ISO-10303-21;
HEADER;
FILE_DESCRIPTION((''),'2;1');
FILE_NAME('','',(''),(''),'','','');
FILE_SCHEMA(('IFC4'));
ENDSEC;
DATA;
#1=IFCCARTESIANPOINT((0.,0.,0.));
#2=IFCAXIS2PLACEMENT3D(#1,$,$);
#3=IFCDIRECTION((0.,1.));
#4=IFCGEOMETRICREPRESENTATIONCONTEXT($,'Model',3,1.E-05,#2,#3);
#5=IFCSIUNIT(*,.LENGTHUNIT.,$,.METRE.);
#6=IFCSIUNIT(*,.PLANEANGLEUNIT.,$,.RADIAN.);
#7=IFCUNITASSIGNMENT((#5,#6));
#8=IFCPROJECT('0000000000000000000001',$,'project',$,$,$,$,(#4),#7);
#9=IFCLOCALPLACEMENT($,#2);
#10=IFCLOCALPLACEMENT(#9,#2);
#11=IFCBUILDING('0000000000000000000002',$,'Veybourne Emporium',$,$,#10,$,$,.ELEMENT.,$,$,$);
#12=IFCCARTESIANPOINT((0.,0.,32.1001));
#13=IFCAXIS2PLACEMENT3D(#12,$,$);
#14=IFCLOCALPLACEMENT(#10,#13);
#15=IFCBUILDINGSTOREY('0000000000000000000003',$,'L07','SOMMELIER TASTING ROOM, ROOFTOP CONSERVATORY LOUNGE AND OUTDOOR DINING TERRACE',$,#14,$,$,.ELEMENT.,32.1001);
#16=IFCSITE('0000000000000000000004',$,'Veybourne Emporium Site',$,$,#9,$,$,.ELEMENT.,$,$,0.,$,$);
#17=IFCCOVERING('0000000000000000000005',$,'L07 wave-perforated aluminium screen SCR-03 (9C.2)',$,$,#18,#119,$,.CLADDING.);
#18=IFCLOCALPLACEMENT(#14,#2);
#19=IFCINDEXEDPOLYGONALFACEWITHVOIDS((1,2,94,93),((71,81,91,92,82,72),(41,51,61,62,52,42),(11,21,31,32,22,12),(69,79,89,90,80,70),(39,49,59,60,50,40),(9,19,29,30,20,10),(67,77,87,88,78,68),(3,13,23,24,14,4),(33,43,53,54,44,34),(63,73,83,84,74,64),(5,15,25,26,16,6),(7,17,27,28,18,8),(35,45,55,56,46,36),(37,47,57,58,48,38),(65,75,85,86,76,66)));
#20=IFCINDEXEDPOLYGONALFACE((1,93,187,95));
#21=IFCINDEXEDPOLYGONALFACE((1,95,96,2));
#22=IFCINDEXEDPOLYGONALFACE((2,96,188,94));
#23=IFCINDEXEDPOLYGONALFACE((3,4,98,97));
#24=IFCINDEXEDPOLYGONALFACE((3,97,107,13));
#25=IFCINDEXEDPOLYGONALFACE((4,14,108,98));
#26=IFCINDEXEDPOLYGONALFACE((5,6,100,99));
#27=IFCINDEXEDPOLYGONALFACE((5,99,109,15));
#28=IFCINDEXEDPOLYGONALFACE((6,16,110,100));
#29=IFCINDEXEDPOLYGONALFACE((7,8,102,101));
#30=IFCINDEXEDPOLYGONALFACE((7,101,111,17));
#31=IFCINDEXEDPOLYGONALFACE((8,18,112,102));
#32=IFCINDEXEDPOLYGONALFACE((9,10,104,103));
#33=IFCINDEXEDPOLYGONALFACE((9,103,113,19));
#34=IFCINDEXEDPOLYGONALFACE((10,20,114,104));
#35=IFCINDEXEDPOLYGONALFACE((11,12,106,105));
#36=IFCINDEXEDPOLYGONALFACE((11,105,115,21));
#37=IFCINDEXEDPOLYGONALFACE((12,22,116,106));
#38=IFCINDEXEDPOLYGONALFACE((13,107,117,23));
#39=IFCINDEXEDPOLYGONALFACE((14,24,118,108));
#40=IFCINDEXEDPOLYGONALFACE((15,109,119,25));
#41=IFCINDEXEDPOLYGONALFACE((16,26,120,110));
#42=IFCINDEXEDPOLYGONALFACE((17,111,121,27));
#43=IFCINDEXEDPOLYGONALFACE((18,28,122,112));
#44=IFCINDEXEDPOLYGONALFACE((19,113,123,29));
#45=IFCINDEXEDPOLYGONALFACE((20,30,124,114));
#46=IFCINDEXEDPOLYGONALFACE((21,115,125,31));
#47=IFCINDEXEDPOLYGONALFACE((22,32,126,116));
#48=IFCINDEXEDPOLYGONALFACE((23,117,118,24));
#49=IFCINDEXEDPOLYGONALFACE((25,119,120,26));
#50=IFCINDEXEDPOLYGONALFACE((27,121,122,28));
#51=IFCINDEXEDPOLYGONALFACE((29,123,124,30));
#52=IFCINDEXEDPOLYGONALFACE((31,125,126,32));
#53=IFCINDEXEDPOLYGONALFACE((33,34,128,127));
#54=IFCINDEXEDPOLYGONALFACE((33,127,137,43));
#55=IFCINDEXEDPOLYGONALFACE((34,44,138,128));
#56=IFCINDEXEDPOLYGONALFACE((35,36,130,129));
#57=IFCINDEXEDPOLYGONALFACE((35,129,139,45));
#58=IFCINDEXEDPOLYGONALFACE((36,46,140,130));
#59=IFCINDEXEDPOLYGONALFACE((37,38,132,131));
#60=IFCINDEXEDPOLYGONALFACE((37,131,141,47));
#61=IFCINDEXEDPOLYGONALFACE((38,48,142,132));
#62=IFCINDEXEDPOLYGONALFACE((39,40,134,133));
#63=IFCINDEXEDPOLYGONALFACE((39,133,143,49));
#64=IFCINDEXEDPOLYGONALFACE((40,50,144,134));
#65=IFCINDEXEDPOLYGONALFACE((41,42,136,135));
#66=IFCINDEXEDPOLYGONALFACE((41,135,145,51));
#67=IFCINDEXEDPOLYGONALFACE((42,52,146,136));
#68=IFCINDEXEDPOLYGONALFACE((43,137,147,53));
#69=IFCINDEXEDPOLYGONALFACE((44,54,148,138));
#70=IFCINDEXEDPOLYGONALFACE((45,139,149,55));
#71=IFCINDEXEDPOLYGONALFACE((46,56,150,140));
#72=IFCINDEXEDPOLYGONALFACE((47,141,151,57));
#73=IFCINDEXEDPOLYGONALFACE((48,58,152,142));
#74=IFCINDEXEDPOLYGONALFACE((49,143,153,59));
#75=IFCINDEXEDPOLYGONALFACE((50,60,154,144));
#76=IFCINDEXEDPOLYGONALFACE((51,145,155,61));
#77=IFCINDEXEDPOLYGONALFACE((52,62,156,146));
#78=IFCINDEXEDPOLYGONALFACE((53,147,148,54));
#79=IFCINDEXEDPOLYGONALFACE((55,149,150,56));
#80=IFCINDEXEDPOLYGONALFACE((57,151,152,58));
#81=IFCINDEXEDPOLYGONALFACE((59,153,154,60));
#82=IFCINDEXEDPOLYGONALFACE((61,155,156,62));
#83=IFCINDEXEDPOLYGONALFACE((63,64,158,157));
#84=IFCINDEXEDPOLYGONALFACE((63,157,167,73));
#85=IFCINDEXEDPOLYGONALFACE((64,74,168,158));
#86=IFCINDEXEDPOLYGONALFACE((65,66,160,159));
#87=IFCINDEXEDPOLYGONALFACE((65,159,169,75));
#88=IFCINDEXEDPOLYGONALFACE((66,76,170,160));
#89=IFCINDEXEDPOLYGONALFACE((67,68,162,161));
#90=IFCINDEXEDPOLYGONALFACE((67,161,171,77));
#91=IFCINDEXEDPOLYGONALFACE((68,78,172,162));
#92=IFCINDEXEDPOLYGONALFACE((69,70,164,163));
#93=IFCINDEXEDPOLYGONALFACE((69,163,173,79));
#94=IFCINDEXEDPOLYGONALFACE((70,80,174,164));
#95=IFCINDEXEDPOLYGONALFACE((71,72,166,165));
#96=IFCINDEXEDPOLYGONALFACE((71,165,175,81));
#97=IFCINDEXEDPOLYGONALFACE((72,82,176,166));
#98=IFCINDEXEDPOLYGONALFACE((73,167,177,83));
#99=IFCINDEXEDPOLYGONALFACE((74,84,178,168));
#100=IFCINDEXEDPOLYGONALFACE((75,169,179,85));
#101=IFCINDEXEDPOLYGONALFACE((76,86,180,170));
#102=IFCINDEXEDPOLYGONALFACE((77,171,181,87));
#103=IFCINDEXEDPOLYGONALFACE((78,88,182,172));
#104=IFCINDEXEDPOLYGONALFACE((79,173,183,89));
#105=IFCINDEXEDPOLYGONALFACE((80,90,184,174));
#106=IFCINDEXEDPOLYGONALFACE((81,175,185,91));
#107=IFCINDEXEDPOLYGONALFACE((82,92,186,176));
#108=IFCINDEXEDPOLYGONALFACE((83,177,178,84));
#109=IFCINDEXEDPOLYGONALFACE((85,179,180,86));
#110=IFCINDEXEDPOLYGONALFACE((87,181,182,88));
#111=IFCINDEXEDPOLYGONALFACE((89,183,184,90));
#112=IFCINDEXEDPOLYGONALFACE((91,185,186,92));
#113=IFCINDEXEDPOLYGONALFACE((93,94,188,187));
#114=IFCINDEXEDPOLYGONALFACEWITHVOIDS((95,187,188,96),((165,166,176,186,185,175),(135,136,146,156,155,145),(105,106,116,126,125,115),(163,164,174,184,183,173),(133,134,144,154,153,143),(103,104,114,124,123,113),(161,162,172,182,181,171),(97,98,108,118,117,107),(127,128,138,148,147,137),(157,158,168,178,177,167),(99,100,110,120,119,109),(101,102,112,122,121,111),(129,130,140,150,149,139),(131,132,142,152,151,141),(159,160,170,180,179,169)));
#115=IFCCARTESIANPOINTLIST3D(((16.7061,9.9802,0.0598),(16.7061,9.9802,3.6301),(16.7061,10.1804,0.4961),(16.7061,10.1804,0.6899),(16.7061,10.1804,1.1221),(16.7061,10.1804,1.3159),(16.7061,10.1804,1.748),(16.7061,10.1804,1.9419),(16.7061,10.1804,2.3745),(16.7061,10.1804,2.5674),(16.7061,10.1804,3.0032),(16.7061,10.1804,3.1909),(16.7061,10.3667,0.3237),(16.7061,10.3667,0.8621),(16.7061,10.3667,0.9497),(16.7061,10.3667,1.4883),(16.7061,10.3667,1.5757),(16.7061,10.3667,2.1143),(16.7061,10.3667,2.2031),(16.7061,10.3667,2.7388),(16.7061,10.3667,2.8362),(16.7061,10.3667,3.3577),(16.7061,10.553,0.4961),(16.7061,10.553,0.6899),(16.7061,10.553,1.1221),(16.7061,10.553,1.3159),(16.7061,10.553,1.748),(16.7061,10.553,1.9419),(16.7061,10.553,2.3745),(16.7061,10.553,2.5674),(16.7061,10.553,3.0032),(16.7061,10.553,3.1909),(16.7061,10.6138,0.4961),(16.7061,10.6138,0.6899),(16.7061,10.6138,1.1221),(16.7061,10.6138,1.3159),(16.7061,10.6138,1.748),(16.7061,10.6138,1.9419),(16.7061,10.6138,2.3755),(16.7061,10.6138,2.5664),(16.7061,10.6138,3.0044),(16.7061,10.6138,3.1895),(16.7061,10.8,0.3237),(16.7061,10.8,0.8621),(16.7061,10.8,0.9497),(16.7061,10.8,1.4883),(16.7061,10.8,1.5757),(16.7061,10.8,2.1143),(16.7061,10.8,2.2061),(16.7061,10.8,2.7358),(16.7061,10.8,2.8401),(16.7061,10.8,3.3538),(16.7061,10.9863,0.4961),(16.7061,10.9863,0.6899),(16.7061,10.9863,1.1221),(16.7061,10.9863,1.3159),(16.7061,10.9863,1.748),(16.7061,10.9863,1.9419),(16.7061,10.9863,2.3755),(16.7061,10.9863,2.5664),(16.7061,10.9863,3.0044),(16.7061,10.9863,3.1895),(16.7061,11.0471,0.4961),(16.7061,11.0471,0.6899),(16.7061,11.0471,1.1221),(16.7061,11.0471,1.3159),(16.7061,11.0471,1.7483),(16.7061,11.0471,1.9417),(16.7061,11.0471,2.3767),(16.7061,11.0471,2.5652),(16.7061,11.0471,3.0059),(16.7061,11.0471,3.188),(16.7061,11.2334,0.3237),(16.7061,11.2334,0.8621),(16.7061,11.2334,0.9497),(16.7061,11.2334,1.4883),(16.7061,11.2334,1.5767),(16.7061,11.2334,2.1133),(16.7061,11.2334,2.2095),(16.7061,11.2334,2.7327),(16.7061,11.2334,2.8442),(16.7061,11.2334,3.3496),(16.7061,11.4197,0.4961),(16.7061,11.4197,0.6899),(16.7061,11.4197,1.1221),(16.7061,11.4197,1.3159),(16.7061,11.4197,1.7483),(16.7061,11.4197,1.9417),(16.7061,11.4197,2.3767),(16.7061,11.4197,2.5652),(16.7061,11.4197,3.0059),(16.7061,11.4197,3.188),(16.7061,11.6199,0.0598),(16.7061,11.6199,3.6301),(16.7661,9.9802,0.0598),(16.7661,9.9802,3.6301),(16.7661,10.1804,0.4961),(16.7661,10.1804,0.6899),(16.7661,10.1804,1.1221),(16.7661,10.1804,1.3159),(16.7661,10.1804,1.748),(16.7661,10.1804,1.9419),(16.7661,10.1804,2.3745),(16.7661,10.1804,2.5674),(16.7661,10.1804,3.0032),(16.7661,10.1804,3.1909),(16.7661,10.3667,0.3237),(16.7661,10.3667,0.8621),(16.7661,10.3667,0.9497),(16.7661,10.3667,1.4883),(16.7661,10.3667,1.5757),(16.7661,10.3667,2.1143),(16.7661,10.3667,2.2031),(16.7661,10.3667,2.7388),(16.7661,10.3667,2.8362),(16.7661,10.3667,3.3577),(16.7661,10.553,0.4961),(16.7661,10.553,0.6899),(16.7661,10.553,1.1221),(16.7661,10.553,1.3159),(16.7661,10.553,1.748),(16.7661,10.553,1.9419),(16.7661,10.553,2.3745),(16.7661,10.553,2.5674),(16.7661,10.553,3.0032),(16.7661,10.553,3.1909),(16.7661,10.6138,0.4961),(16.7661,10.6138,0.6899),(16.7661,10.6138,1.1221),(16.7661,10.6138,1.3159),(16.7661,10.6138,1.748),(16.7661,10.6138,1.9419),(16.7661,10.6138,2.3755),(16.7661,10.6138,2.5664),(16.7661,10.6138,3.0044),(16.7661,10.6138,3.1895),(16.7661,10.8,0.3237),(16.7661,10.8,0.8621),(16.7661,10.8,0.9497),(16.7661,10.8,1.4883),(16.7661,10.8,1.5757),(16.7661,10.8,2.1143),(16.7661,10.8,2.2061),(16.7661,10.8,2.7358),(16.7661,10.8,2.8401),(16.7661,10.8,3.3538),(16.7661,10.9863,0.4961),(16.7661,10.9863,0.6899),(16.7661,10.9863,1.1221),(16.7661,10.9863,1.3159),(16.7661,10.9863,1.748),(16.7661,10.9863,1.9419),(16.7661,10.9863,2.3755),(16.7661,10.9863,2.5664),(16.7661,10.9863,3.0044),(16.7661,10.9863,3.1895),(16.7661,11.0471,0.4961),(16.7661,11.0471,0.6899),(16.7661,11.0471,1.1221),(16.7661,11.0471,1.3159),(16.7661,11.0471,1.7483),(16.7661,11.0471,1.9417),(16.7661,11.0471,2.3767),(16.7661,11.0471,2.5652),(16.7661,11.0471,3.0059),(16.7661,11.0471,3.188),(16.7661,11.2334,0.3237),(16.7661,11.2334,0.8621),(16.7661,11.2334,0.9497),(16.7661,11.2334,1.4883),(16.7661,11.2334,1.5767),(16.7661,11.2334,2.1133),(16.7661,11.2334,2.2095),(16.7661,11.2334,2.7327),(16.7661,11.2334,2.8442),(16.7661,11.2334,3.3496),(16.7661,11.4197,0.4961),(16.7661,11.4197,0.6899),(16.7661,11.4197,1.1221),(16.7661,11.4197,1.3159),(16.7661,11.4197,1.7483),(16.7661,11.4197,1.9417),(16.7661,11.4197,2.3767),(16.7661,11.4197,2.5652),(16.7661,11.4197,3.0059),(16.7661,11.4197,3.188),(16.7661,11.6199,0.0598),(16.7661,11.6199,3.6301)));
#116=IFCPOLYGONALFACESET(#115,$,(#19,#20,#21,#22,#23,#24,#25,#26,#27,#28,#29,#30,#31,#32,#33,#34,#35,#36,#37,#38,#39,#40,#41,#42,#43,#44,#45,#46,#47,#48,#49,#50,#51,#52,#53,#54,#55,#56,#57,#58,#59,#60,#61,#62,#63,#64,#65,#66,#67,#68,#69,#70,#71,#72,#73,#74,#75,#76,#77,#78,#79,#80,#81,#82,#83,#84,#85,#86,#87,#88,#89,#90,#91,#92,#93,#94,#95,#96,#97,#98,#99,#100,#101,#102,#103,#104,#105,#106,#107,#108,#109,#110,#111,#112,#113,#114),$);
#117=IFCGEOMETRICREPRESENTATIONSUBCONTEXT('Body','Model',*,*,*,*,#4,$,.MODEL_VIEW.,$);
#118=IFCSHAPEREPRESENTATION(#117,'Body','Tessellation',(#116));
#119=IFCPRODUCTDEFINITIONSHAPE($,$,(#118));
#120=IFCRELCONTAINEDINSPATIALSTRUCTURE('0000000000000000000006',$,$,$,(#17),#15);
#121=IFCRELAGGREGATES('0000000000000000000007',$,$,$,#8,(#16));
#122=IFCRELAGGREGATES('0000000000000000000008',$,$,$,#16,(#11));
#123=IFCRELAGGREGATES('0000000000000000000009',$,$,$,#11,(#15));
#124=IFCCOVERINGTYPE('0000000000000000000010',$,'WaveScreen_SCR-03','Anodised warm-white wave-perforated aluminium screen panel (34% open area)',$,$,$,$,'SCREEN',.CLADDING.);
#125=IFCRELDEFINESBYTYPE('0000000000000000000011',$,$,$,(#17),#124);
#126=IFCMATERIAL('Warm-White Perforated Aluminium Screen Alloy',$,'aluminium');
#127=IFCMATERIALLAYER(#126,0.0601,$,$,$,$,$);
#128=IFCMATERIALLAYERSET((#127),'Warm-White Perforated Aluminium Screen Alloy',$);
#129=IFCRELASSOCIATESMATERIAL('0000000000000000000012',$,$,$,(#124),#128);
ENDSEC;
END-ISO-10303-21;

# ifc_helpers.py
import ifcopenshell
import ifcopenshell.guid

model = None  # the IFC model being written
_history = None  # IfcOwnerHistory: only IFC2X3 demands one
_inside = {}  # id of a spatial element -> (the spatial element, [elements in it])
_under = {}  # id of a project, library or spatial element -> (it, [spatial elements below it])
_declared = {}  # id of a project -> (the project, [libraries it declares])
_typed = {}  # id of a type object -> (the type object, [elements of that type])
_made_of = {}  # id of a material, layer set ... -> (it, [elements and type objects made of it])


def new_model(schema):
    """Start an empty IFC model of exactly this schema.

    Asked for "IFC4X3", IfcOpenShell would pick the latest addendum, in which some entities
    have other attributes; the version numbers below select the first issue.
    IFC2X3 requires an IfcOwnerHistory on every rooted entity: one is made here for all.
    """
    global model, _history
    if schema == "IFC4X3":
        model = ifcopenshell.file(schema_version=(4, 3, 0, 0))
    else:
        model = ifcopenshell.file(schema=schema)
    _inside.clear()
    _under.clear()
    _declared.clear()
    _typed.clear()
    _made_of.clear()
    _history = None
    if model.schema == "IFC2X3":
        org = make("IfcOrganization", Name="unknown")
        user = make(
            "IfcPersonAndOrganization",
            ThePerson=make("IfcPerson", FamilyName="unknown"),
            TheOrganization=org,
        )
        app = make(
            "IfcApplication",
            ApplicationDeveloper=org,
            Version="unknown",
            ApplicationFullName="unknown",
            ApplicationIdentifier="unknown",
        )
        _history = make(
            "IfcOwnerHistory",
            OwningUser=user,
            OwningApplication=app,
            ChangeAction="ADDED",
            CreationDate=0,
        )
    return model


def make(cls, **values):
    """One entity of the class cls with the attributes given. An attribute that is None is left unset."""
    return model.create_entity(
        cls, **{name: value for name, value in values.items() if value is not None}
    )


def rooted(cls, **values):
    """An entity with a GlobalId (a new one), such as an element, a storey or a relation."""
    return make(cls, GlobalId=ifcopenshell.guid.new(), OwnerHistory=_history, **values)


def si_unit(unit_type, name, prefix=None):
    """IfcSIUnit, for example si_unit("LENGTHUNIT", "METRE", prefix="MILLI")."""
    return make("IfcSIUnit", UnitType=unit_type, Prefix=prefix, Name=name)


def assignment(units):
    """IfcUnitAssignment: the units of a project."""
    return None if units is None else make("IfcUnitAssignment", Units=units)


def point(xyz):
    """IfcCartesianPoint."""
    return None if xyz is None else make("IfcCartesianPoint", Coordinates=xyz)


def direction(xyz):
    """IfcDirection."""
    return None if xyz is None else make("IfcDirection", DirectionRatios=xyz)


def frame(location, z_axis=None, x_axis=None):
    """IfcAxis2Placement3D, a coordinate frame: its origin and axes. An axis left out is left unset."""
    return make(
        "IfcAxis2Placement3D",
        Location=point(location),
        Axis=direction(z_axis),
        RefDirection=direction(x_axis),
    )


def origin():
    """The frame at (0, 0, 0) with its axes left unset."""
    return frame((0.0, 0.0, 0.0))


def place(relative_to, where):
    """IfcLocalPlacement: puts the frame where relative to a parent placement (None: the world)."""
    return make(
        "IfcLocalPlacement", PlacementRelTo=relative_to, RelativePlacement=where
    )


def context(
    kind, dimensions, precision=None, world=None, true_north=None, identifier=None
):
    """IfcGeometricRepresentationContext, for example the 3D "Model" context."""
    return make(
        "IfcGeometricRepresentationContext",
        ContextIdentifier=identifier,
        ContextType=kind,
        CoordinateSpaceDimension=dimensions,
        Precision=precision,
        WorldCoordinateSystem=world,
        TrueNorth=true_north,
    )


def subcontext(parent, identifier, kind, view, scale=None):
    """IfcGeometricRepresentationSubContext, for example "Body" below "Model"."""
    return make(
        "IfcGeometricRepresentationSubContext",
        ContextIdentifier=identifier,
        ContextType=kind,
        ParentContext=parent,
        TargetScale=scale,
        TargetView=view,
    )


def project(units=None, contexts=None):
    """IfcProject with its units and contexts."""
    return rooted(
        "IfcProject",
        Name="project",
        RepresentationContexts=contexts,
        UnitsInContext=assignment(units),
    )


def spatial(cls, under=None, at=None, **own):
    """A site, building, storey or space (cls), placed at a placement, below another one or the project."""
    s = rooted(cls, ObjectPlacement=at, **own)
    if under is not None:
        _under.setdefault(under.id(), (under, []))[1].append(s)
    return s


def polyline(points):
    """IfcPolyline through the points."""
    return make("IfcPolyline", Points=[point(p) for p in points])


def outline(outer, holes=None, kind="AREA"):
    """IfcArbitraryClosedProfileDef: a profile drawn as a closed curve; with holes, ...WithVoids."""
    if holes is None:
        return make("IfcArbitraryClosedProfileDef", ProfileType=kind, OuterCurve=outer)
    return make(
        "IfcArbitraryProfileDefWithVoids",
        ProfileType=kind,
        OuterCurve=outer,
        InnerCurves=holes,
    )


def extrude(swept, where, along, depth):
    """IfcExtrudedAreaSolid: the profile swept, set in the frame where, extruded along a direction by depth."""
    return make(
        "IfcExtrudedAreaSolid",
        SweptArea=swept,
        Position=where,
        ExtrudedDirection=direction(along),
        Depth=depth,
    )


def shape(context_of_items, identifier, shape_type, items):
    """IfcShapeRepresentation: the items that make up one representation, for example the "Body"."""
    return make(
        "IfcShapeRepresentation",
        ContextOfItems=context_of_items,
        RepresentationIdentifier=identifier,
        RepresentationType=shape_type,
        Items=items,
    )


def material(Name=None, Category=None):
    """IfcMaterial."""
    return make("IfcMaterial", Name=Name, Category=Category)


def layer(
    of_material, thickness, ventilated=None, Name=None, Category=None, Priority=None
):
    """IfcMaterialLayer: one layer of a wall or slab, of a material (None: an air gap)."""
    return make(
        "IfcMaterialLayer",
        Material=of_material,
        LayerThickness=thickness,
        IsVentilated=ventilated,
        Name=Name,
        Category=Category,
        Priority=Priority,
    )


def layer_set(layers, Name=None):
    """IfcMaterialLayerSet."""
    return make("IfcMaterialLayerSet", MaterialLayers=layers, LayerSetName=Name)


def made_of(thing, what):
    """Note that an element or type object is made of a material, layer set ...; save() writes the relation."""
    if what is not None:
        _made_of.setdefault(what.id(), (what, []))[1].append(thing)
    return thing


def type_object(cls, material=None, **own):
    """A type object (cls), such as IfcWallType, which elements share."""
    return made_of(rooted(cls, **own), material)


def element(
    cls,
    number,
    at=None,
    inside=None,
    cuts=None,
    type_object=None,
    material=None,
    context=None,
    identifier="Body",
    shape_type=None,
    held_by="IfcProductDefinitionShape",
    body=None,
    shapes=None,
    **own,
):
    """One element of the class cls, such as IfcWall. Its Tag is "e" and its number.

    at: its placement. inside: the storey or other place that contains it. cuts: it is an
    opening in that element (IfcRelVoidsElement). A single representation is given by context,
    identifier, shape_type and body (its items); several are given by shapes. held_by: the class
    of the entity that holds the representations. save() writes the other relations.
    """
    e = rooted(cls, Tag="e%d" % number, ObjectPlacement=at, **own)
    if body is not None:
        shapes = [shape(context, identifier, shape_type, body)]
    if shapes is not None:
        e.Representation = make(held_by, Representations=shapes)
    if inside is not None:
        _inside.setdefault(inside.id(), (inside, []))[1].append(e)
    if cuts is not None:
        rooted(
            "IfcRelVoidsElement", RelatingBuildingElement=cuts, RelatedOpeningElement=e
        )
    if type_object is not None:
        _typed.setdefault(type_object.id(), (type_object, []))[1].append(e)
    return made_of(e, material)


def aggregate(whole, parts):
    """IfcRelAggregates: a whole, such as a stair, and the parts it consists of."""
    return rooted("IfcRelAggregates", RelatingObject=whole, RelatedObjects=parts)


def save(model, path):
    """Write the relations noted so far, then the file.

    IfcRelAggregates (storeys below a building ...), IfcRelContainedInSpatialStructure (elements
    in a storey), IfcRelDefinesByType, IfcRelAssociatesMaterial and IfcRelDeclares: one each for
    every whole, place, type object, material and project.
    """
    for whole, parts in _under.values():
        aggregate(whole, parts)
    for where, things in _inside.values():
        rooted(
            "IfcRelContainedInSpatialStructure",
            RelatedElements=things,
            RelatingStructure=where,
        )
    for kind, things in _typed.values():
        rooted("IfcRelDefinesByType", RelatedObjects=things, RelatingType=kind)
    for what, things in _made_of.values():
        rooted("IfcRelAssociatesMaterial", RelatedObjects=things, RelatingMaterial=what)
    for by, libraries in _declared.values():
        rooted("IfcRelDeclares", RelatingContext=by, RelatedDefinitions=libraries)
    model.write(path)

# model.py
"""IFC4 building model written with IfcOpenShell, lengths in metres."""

from ifc_helpers import new_model, si_unit, direction, frame, origin, place, context, subcontext, project, spatial, polyline, outline, extrude, material, layer, layer_set, type_object, element, save


model = new_model("IFC4")

# Units and contexts
model_context = context("Model", 3, precision=1e-05, world=origin(), true_north=direction((0.0, 1.0)))
body_context = subcontext(model_context, "Body", "Model", "MODEL_VIEW")
ifc_project = project(units=[si_unit("LENGTHUNIT", "METRE"), si_unit("PLANEANGLEUNIT", "RADIAN")], contexts=[model_context])

# Site, building, storey
site_placement = place(None, origin())
site = spatial("IfcSite", under=ifc_project, at=site_placement, Name="Veybourne Emporium Site", CompositionType="ELEMENT", RefElevation=0.0)
building_placement = place(site_placement, origin())
building = spatial("IfcBuilding", under=site, at=building_placement, Name="Veybourne Emporium", CompositionType="ELEMENT")
storey_placement = place(building_placement, frame((0.0, 0.0, 32.1001)))
storey = spatial("IfcBuildingStorey", under=building, at=storey_placement, Name="L07", Description="SOMMELIER TASTING ROOM, ROOFTOP CONSERVATORY LOUNGE AND OUTDOOR DINING TERRACE", CompositionType="ELEMENT", Elevation=32.1001)

# Covering
ifc_material_1 = material(Name="Warm-White Perforated Aluminium Screen Alloy", Category="aluminium")
ifc_layer_1 = layer(ifc_material_1, 0.0601)
ifc_layer_set_1 = layer_set([ifc_layer_1], Name="Warm-White Perforated Aluminium Screen Alloy")
covering_type_1 = type_object("IfcCoveringType", Name="WaveScreen_SCR-03", Description="Anodised warm-white wave-perforated aluminium screen panel (34% open area)", ElementType="SCREEN", PredefinedType="CLADDING", material=ifc_layer_set_1)
covering_1_placement = place(storey_placement, frame((16.7061, 10.8, 1.845), z_axis=(1.0, 0.0, 0.0), x_axis=(0.0, 1.0, 0.0)))
element("IfcCovering", 1, at=covering_1_placement, inside=storey, type_object=covering_type_1, Name="L07 wave-perforated aluminium screen SCR-03 (9C.2)", PredefinedType="CLADDING", context=body_context, shape_type="SweptSolid", body=[
    extrude(outline(polyline([(-0.8198, -1.7852), (0.8198, -1.7852), (0.8198, 1.7852), (-0.8198, 1.7852), (-0.8198, -1.7852)]), holes=[polyline([(-0.4333, -0.9829), (-0.2471, -1.155), (-0.2471, -1.3489), (-0.4333, -1.5212), (-0.6196, -1.3489), (-0.6196, -1.155), (-0.4333, -0.9829)]), polyline([(-0.4333, -0.3567), (-0.2471, -0.5291), (-0.2471, -0.7229), (-0.4333, -0.8953), (-0.6196, -0.7229), (-0.6196, -0.5291), (-0.4333, -0.3567)]), polyline([(-0.4333, 0.2693), (-0.2471, 0.0969), (-0.2471, -0.0969), (-0.4333, -0.2693), (-0.6196, -0.0969), (-0.6196, 0.0969), (-0.4333, 0.2693)]), polyline([(-0.4333, 0.8938), (-0.2471, 0.7224), (-0.2471, 0.5295), (-0.4333, 0.3582), (-0.6196, 0.5295), (-0.6196, 0.7224), (-0.4333, 0.8938)]), polyline([(-0.4333, 1.5127), (-0.2471, 1.3459), (-0.2471, 1.1582), (-0.4333, 0.9912), (-0.6196, 1.1582), (-0.6196, 1.3459), (-0.4333, 1.5127)]), polyline([(0.0, -0.9829), (0.1863, -1.155), (0.1863, -1.3489), (0.0, -1.5212), (-0.1863, -1.3489), (-0.1863, -1.155), (0.0, -0.9829)]), polyline([(0.0, -0.3567), (0.1863, -0.5291), (0.1863, -0.7229), (0.0, -0.8953), (-0.1863, -0.7229), (-0.1863, -0.5291), (0.0, -0.3567)]), polyline([(0.0, 0.2693), (0.1863, 0.0969), (0.1863, -0.0969), (0.0, -0.2693), (-0.1863, -0.0969), (-0.1863, 0.0969), (0.0, 0.2693)]), polyline([(0.0, 0.8909), (0.1863, 0.7214), (0.1863, 0.5305), (0.0, 0.3611), (-0.1863, 0.5305), (-0.1863, 0.7214), (0.0, 0.8909)]), polyline([(0.0, 1.5088), (0.1863, 1.3445), (0.1863, 1.1594), (0.0, 0.9951), (-0.1863, 1.1594), (-0.1863, 1.3445), (0.0, 1.5088)]), polyline([(0.4333, -0.9829), (0.6196, -1.155), (0.6196, -1.3489), (0.4333, -1.5212), (0.2471, -1.3489), (0.2471, -1.155), (0.4333, -0.9829)]), polyline([(0.4333, -0.3567), (0.6196, -0.5291), (0.6196, -0.7229), (0.4333, -0.8953), (0.2471, -0.7229), (0.2471, -0.5291), (0.4333, -0.3567)]), polyline([(0.4333, 0.2683), (0.6196, 0.0967), (0.6196, -0.0967), (0.4333, -0.2683), (0.2471, -0.0967), (0.2471, 0.0967), (0.4333, 0.2683)]), polyline([(0.4333, 0.8877), (0.6196, 0.7202), (0.6196, 0.5317), (0.4333, 0.3645), (0.2471, 0.5317), (0.2471, 0.7202), (0.4333, 0.8877)]), polyline([(0.4333, 1.5046), (0.6196, 1.343), (0.6196, 1.1609), (0.4333, 0.9993), (0.2471, 1.1609), (0.2471, 1.343), (0.4333, 1.5046)])]), origin(), (0.0, 0.0, 1.0), 0.0601),
])

save(model, "model.ifc")
